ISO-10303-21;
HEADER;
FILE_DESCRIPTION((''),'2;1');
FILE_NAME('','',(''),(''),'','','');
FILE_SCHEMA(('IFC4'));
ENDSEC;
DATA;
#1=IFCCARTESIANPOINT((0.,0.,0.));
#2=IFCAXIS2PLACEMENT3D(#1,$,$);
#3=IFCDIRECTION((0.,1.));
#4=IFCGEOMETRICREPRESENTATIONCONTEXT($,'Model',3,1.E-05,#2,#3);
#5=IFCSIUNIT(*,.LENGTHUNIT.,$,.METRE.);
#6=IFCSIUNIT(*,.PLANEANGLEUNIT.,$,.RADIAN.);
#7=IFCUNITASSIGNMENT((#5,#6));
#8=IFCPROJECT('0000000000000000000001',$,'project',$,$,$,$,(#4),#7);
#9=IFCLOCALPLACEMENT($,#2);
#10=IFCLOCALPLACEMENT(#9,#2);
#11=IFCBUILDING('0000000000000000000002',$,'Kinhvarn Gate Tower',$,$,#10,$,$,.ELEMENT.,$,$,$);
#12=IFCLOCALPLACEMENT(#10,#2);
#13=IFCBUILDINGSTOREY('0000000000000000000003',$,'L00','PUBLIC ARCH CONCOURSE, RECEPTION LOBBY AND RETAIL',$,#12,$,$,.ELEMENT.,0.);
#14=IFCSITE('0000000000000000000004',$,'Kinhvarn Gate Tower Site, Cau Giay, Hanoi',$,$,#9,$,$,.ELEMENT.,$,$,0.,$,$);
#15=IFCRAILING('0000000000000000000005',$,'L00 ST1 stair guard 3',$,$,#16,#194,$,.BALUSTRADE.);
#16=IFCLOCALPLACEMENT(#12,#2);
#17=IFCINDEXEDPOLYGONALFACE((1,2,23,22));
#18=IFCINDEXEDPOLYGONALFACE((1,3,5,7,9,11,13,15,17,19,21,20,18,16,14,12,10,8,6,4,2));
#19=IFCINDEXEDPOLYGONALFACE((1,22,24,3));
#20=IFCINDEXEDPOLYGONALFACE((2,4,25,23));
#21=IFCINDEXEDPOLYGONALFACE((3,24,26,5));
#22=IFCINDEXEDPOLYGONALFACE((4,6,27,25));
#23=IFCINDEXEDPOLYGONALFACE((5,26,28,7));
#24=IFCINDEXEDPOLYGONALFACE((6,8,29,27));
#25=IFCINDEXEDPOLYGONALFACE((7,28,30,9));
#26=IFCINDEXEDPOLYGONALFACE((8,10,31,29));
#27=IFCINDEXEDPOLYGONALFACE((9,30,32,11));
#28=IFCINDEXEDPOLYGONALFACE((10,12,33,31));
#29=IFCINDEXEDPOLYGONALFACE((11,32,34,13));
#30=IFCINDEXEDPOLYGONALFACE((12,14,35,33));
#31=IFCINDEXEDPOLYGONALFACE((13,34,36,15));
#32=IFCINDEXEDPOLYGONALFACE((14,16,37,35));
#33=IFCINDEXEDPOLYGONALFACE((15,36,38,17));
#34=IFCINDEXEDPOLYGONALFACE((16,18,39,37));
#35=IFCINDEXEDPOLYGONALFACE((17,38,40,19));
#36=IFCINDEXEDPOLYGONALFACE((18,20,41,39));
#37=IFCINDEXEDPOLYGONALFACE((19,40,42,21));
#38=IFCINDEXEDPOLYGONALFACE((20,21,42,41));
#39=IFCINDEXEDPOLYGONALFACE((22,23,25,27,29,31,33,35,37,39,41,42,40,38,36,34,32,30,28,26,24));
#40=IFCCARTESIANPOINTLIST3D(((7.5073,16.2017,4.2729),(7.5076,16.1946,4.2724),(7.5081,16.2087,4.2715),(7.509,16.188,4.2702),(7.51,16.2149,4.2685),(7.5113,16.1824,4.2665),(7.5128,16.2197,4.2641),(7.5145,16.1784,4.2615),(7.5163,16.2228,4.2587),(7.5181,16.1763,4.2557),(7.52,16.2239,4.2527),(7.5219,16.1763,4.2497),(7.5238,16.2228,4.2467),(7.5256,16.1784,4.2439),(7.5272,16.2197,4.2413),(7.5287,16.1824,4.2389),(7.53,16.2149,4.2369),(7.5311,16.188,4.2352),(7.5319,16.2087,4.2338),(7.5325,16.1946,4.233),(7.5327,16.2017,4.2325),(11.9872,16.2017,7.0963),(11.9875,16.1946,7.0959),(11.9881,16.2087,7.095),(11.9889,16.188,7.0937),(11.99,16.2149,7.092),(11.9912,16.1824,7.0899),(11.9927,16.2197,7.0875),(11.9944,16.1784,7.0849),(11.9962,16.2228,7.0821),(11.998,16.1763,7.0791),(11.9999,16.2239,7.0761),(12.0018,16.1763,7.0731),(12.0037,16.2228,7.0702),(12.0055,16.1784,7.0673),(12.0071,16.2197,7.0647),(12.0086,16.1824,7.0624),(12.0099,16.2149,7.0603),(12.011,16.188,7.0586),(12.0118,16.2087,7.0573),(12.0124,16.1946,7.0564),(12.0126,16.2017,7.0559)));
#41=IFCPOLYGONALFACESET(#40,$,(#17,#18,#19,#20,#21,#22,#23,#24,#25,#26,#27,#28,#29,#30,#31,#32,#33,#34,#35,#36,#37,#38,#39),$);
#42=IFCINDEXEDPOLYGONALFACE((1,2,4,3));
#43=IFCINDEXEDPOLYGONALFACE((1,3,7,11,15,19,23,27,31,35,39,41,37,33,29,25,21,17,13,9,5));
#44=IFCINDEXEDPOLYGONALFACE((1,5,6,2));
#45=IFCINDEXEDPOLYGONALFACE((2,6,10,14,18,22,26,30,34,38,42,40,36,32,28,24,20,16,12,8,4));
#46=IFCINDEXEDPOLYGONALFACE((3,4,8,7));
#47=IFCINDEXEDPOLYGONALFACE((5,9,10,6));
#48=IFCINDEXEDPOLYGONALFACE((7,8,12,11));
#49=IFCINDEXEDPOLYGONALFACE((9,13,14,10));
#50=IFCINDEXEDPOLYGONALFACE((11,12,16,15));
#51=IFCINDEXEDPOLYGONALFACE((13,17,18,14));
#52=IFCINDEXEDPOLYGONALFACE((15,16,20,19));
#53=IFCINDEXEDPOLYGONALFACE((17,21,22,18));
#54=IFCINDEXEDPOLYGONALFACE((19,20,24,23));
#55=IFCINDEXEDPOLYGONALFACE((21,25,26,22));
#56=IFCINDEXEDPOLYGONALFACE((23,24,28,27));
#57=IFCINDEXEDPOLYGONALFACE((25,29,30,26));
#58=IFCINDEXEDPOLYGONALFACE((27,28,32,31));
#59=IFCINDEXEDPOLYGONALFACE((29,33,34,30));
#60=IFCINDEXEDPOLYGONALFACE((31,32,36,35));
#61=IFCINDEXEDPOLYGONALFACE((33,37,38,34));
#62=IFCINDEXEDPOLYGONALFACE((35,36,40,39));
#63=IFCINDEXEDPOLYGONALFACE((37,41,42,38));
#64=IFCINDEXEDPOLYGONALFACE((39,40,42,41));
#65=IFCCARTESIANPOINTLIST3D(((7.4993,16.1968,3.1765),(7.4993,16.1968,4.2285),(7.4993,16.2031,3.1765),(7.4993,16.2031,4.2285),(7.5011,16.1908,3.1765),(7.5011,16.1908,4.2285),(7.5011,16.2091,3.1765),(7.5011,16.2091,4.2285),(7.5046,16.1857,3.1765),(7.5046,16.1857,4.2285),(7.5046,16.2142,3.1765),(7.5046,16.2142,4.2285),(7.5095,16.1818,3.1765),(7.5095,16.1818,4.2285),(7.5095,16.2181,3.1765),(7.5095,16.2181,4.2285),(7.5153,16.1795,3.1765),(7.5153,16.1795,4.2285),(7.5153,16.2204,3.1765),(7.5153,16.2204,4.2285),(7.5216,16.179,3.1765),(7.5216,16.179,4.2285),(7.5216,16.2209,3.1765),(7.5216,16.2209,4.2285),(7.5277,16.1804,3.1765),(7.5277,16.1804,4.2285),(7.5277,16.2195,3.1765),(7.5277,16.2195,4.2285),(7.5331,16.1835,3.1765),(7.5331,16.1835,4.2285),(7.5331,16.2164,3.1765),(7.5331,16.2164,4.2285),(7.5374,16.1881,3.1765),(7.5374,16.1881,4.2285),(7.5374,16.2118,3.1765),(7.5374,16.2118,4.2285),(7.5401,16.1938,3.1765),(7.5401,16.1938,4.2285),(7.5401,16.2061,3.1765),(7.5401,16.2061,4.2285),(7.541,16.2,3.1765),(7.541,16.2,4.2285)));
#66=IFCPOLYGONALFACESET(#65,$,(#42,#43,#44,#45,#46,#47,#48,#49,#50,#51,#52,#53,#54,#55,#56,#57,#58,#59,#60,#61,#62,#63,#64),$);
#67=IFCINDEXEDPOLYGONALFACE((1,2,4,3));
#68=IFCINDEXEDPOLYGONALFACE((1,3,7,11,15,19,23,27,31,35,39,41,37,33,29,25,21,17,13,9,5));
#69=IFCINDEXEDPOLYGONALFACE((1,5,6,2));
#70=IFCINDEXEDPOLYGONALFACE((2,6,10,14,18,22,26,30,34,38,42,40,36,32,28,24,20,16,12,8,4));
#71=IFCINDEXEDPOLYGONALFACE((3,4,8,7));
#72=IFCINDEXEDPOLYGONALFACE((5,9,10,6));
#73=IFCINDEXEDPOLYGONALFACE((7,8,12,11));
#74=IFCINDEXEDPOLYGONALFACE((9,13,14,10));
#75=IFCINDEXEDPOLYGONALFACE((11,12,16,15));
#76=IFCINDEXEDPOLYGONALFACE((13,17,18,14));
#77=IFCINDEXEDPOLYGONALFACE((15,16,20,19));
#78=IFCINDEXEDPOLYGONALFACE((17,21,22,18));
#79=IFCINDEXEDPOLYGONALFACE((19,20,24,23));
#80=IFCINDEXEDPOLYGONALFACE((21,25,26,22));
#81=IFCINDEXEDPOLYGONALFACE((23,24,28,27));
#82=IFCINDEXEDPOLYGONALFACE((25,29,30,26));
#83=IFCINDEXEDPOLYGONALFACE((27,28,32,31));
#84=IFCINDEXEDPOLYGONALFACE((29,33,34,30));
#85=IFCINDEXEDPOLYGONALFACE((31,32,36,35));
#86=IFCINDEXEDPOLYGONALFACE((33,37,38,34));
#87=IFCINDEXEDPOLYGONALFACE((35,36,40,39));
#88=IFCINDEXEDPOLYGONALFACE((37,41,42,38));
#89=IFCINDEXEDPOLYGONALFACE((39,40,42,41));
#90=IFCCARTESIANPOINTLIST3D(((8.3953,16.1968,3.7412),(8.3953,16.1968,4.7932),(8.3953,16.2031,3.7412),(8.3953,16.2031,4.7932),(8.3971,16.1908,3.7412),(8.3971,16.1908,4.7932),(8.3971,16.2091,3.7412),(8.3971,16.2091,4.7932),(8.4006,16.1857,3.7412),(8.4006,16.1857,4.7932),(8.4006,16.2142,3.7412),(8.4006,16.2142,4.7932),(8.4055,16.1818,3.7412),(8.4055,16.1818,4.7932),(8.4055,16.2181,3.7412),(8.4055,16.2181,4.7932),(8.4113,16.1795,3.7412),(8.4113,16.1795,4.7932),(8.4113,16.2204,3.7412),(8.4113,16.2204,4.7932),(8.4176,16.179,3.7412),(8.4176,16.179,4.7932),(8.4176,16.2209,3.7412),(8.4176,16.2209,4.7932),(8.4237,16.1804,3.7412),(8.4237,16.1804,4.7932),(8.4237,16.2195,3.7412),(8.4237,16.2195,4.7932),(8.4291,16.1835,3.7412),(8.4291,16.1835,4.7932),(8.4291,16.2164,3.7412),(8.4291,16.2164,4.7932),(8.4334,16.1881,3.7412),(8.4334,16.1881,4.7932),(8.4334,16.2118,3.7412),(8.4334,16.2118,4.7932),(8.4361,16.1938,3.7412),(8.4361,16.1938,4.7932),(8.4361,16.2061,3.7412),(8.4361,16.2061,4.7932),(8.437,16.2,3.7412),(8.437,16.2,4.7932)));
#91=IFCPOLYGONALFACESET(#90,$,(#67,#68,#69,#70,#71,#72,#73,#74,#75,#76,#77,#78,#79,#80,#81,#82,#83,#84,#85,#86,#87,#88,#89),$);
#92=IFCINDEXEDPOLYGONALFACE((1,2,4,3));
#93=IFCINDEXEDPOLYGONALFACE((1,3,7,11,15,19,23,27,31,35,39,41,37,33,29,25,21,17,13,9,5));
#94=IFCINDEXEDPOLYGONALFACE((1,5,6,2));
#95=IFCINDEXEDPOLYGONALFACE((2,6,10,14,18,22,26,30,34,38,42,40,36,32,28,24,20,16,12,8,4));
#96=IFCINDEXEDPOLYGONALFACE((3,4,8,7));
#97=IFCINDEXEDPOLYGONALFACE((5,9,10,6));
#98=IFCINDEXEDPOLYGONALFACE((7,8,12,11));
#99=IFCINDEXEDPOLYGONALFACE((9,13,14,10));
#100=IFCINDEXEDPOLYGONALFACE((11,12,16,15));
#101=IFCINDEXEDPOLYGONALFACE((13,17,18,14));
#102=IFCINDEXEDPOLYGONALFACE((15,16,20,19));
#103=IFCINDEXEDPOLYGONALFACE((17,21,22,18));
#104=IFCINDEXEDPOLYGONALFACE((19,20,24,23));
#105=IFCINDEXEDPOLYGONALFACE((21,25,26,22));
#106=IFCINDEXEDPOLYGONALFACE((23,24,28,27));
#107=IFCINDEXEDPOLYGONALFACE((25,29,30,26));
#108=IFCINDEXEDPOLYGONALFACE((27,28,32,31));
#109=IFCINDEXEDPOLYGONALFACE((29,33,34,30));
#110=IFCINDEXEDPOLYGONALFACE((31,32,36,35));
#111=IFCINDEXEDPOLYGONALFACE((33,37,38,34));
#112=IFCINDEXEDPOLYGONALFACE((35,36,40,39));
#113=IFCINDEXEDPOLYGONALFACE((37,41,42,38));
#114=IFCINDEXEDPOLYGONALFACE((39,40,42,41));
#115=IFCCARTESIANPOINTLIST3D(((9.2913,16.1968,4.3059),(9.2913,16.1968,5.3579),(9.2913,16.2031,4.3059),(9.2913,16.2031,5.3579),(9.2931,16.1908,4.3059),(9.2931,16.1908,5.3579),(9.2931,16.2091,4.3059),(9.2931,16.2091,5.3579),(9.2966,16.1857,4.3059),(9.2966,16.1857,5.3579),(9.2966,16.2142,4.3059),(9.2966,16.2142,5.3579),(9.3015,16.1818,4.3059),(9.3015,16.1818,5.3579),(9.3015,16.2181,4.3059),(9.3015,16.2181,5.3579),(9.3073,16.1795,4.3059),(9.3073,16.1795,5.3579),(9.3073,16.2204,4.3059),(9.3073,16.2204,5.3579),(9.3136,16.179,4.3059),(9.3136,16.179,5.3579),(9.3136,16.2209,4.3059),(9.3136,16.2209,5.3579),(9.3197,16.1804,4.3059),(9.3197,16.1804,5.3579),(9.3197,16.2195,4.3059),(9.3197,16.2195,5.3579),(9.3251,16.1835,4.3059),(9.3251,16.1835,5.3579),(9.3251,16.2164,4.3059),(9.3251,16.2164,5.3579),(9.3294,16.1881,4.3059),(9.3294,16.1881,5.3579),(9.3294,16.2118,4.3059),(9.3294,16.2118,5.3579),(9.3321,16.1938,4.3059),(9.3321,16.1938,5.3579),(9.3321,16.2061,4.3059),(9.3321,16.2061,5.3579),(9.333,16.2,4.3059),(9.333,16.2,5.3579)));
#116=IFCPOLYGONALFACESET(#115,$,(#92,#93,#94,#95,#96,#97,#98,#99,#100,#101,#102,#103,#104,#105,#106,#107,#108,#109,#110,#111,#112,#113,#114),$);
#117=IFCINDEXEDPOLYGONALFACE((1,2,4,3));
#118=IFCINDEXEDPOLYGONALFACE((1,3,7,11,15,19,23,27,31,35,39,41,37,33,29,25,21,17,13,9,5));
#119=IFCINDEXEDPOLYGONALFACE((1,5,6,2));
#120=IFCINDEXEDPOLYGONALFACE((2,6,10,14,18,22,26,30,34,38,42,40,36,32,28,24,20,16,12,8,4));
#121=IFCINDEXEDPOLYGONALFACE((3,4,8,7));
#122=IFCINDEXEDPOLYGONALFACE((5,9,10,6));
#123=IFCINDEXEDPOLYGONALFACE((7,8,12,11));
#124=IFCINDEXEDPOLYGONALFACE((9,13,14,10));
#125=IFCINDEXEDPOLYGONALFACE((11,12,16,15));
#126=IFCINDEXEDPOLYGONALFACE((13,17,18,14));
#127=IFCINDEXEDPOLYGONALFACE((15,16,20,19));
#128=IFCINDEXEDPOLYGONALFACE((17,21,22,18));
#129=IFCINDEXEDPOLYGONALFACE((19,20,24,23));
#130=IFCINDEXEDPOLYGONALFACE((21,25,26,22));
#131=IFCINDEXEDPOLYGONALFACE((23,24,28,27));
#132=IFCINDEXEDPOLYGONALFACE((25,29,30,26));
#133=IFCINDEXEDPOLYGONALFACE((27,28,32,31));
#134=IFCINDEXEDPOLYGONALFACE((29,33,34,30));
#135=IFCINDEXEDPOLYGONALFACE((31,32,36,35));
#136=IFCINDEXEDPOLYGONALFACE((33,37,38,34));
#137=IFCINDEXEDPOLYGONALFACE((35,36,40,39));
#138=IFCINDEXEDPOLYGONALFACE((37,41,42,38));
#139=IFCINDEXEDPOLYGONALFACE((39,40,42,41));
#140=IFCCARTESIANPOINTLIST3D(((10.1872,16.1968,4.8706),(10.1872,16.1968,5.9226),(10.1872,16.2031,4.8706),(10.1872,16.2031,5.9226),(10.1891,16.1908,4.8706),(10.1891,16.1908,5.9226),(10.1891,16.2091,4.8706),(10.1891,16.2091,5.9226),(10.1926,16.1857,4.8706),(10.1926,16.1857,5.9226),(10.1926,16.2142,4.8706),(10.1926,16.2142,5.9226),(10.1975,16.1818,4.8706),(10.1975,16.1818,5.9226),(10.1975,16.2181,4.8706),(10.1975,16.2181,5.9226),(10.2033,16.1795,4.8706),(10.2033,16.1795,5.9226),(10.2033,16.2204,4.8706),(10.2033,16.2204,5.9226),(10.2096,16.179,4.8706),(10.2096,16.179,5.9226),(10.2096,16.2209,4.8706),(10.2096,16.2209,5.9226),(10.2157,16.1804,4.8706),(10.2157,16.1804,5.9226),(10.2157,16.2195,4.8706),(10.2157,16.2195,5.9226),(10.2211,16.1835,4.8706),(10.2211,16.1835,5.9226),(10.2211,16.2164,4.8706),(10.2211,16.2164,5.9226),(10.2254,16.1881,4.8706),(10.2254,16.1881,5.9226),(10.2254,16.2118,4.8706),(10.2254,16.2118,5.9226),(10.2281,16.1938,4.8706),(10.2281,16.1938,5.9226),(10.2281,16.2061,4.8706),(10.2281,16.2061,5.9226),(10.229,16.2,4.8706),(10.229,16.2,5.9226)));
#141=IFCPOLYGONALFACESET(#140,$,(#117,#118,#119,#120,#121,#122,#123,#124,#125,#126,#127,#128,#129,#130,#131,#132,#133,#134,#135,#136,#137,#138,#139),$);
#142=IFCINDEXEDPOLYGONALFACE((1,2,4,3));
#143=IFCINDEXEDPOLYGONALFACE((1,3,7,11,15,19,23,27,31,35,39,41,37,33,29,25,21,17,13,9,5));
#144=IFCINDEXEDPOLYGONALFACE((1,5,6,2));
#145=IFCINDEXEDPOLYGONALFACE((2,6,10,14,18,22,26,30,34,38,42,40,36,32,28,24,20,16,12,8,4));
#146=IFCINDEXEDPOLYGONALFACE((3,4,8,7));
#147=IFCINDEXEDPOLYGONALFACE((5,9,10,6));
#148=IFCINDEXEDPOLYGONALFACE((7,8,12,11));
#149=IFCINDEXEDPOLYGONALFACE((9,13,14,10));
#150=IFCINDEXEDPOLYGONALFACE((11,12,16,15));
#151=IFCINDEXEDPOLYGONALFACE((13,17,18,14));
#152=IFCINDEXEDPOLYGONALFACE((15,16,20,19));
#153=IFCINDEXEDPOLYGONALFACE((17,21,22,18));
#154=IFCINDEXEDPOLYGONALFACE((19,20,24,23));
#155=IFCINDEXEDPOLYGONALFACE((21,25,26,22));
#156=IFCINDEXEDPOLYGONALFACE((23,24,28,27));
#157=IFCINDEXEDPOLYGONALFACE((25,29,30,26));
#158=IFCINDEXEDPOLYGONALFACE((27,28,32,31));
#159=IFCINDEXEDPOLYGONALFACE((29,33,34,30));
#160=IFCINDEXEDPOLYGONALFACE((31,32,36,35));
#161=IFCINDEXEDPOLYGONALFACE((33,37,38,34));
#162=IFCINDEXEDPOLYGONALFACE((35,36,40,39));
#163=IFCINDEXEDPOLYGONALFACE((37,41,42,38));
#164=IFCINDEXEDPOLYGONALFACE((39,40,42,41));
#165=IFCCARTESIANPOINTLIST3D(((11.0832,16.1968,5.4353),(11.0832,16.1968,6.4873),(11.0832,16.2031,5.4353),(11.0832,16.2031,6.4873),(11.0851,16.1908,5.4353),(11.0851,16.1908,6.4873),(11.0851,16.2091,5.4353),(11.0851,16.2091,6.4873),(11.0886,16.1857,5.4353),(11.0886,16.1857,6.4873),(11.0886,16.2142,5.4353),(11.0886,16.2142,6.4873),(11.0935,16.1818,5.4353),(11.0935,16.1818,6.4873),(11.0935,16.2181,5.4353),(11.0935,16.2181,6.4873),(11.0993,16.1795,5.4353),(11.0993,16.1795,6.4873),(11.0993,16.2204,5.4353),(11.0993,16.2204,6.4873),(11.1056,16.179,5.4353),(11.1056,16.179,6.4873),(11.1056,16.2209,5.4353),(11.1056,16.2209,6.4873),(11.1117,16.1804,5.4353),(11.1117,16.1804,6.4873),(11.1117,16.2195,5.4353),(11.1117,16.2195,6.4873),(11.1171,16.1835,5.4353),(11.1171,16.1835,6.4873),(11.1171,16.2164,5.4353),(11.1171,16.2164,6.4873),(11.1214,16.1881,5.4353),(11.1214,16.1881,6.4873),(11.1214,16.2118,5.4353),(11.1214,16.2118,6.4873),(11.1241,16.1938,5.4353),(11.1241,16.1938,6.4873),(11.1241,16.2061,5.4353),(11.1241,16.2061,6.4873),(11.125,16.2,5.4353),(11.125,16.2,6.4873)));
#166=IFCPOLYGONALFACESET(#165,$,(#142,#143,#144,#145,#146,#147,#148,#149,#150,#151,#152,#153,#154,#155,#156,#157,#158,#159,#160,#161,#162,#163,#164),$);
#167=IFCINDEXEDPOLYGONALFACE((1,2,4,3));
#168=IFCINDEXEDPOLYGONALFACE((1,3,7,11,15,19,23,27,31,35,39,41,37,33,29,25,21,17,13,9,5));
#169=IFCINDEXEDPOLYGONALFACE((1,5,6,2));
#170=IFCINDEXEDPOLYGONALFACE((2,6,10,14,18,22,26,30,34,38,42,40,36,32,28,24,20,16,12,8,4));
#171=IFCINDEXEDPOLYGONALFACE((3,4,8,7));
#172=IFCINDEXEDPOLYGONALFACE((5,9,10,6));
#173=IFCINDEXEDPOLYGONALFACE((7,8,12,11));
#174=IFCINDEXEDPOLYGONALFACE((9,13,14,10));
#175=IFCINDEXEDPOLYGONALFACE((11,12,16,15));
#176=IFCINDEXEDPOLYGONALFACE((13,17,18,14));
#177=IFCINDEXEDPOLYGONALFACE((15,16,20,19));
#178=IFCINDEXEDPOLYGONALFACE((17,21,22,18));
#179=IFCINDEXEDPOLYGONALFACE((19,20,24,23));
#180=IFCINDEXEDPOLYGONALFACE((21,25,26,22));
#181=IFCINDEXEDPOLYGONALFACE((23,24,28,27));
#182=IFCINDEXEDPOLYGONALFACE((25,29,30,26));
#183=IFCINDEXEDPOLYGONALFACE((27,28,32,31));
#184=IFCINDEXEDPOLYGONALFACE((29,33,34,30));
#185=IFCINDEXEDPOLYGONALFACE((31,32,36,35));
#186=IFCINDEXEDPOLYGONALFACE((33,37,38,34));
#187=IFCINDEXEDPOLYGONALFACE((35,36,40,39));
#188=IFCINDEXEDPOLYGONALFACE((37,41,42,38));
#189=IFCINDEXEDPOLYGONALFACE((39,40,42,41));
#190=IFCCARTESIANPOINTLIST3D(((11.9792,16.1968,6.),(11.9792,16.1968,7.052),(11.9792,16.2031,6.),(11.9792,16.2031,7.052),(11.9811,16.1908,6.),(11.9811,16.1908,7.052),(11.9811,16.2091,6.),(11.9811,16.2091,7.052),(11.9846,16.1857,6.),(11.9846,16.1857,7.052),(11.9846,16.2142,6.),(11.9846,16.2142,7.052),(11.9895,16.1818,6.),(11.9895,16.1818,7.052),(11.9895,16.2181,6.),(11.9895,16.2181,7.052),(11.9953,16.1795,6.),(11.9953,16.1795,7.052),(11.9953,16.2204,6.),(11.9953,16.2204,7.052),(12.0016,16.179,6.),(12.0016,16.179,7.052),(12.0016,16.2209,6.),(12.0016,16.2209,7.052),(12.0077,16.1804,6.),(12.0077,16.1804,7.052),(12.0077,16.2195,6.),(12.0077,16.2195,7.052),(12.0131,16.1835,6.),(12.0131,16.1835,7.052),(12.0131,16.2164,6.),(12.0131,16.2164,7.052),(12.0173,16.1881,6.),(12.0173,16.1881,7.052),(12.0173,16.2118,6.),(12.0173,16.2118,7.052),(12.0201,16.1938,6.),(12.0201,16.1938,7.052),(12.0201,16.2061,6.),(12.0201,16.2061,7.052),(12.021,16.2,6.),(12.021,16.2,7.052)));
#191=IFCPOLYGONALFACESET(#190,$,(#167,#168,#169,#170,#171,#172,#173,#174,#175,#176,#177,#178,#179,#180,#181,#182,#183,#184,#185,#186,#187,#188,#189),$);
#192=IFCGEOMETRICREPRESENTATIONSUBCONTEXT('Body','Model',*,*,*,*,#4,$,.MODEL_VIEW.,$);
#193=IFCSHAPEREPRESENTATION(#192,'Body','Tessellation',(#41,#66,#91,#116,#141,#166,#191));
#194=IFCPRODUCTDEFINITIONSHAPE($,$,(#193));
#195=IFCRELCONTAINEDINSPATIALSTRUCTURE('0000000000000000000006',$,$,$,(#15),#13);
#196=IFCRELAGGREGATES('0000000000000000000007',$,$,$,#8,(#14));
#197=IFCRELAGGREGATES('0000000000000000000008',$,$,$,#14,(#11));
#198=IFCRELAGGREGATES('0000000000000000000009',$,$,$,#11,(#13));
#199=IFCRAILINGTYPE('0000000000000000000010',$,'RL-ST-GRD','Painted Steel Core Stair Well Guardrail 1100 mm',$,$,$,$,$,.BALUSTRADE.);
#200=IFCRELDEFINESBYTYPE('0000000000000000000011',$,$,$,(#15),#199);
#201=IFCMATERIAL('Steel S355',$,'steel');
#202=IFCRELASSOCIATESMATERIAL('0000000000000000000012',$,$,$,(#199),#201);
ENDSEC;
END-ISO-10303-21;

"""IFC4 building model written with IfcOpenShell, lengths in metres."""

from ifc_helpers import new_model, si_unit, direction, frame, origin, origin_2d, place, context, subcontext, project, spatial, circle, extrude, material, type_object, element, save


model = new_model("IFC4")

# Units and contexts
model_context = context("Model", 3, precision=1e-05, world=origin(), true_north=direction((0.0, 1.0)))
body_context = subcontext(model_context, "Body", "Model", "MODEL_VIEW")
ifc_project = project(units=[si_unit("LENGTHUNIT", "METRE"), si_unit("PLANEANGLEUNIT", "RADIAN")], contexts=[model_context])

# Site, building, storey
site_placement = place(None, origin())
site = spatial("IfcSite", under=ifc_project, at=site_placement, Name="Kinhvarn Gate Tower Site, Cau Giay, Hanoi", CompositionType="ELEMENT", RefElevation=0.0)
building_placement = place(site_placement, origin())
building = spatial("IfcBuilding", under=site, at=building_placement, Name="Kinhvarn Gate Tower", CompositionType="ELEMENT")
storey_placement = place(building_placement, origin())
storey = spatial("IfcBuildingStorey", under=building, at=storey_placement, Name="L00", Description="PUBLIC ARCH CONCOURSE, RECEPTION LOBBY AND RETAIL", CompositionType="ELEMENT", Elevation=0.0)

# Railing
ifc_material_1 = material(Name="Steel S355", Category="steel")
railing_type_1 = type_object("IfcRailingType", Name="RL-ST-GRD", Description="Painted Steel Core Stair Well Guardrail 1100 mm", PredefinedType="BALUSTRADE", material=ifc_material_1)
railing_1_placement = place(storey_placement, frame((7.52, 16.2, 3.1765)))
element("IfcRailing", 1, at=railing_1_placement, inside=storey, type_object=railing_type_1, Name="L00 ST1 stair guard 3", PredefinedType="BALUSTRADE", context=body_context, shape_type="SweptSolid", body=[
    extrude(circle(Radius=0.0239, at=origin_2d()), frame((0.0, 0.0, 1.0762), z_axis=(0.845998, 0.0, 0.533186), x_axis=(0.0, 1.0, 0.0)), (0.0, 0.0, 1.0), 5.2954),
    extrude(circle(Radius=0.021, at=origin_2d()), origin(), (0.0, 0.0, 1.0), 1.052),
    extrude(circle(Radius=0.021, at=origin_2d()), frame((0.896, 0.0, 0.5647)), (0.0, 0.0, 1.0), 1.052),
    extrude(circle(Radius=0.021, at=origin_2d()), frame((1.792, 0.0, 1.1294)), (0.0, 0.0, 1.0), 1.052),
    extrude(circle(Radius=0.021, at=origin_2d()), frame((2.688, 0.0, 1.6941)), (0.0, 0.0, 1.0), 1.052),
    extrude(circle(Radius=0.021, at=origin_2d()), frame((3.584, 0.0, 2.2588)), (0.0, 0.0, 1.0), 1.052),
    extrude(circle(Radius=0.021, at=origin_2d()), frame((4.48, 0.0, 2.8235)), (0.0, 0.0, 1.0), 1.052),
])

save(model, "model.ifc")
